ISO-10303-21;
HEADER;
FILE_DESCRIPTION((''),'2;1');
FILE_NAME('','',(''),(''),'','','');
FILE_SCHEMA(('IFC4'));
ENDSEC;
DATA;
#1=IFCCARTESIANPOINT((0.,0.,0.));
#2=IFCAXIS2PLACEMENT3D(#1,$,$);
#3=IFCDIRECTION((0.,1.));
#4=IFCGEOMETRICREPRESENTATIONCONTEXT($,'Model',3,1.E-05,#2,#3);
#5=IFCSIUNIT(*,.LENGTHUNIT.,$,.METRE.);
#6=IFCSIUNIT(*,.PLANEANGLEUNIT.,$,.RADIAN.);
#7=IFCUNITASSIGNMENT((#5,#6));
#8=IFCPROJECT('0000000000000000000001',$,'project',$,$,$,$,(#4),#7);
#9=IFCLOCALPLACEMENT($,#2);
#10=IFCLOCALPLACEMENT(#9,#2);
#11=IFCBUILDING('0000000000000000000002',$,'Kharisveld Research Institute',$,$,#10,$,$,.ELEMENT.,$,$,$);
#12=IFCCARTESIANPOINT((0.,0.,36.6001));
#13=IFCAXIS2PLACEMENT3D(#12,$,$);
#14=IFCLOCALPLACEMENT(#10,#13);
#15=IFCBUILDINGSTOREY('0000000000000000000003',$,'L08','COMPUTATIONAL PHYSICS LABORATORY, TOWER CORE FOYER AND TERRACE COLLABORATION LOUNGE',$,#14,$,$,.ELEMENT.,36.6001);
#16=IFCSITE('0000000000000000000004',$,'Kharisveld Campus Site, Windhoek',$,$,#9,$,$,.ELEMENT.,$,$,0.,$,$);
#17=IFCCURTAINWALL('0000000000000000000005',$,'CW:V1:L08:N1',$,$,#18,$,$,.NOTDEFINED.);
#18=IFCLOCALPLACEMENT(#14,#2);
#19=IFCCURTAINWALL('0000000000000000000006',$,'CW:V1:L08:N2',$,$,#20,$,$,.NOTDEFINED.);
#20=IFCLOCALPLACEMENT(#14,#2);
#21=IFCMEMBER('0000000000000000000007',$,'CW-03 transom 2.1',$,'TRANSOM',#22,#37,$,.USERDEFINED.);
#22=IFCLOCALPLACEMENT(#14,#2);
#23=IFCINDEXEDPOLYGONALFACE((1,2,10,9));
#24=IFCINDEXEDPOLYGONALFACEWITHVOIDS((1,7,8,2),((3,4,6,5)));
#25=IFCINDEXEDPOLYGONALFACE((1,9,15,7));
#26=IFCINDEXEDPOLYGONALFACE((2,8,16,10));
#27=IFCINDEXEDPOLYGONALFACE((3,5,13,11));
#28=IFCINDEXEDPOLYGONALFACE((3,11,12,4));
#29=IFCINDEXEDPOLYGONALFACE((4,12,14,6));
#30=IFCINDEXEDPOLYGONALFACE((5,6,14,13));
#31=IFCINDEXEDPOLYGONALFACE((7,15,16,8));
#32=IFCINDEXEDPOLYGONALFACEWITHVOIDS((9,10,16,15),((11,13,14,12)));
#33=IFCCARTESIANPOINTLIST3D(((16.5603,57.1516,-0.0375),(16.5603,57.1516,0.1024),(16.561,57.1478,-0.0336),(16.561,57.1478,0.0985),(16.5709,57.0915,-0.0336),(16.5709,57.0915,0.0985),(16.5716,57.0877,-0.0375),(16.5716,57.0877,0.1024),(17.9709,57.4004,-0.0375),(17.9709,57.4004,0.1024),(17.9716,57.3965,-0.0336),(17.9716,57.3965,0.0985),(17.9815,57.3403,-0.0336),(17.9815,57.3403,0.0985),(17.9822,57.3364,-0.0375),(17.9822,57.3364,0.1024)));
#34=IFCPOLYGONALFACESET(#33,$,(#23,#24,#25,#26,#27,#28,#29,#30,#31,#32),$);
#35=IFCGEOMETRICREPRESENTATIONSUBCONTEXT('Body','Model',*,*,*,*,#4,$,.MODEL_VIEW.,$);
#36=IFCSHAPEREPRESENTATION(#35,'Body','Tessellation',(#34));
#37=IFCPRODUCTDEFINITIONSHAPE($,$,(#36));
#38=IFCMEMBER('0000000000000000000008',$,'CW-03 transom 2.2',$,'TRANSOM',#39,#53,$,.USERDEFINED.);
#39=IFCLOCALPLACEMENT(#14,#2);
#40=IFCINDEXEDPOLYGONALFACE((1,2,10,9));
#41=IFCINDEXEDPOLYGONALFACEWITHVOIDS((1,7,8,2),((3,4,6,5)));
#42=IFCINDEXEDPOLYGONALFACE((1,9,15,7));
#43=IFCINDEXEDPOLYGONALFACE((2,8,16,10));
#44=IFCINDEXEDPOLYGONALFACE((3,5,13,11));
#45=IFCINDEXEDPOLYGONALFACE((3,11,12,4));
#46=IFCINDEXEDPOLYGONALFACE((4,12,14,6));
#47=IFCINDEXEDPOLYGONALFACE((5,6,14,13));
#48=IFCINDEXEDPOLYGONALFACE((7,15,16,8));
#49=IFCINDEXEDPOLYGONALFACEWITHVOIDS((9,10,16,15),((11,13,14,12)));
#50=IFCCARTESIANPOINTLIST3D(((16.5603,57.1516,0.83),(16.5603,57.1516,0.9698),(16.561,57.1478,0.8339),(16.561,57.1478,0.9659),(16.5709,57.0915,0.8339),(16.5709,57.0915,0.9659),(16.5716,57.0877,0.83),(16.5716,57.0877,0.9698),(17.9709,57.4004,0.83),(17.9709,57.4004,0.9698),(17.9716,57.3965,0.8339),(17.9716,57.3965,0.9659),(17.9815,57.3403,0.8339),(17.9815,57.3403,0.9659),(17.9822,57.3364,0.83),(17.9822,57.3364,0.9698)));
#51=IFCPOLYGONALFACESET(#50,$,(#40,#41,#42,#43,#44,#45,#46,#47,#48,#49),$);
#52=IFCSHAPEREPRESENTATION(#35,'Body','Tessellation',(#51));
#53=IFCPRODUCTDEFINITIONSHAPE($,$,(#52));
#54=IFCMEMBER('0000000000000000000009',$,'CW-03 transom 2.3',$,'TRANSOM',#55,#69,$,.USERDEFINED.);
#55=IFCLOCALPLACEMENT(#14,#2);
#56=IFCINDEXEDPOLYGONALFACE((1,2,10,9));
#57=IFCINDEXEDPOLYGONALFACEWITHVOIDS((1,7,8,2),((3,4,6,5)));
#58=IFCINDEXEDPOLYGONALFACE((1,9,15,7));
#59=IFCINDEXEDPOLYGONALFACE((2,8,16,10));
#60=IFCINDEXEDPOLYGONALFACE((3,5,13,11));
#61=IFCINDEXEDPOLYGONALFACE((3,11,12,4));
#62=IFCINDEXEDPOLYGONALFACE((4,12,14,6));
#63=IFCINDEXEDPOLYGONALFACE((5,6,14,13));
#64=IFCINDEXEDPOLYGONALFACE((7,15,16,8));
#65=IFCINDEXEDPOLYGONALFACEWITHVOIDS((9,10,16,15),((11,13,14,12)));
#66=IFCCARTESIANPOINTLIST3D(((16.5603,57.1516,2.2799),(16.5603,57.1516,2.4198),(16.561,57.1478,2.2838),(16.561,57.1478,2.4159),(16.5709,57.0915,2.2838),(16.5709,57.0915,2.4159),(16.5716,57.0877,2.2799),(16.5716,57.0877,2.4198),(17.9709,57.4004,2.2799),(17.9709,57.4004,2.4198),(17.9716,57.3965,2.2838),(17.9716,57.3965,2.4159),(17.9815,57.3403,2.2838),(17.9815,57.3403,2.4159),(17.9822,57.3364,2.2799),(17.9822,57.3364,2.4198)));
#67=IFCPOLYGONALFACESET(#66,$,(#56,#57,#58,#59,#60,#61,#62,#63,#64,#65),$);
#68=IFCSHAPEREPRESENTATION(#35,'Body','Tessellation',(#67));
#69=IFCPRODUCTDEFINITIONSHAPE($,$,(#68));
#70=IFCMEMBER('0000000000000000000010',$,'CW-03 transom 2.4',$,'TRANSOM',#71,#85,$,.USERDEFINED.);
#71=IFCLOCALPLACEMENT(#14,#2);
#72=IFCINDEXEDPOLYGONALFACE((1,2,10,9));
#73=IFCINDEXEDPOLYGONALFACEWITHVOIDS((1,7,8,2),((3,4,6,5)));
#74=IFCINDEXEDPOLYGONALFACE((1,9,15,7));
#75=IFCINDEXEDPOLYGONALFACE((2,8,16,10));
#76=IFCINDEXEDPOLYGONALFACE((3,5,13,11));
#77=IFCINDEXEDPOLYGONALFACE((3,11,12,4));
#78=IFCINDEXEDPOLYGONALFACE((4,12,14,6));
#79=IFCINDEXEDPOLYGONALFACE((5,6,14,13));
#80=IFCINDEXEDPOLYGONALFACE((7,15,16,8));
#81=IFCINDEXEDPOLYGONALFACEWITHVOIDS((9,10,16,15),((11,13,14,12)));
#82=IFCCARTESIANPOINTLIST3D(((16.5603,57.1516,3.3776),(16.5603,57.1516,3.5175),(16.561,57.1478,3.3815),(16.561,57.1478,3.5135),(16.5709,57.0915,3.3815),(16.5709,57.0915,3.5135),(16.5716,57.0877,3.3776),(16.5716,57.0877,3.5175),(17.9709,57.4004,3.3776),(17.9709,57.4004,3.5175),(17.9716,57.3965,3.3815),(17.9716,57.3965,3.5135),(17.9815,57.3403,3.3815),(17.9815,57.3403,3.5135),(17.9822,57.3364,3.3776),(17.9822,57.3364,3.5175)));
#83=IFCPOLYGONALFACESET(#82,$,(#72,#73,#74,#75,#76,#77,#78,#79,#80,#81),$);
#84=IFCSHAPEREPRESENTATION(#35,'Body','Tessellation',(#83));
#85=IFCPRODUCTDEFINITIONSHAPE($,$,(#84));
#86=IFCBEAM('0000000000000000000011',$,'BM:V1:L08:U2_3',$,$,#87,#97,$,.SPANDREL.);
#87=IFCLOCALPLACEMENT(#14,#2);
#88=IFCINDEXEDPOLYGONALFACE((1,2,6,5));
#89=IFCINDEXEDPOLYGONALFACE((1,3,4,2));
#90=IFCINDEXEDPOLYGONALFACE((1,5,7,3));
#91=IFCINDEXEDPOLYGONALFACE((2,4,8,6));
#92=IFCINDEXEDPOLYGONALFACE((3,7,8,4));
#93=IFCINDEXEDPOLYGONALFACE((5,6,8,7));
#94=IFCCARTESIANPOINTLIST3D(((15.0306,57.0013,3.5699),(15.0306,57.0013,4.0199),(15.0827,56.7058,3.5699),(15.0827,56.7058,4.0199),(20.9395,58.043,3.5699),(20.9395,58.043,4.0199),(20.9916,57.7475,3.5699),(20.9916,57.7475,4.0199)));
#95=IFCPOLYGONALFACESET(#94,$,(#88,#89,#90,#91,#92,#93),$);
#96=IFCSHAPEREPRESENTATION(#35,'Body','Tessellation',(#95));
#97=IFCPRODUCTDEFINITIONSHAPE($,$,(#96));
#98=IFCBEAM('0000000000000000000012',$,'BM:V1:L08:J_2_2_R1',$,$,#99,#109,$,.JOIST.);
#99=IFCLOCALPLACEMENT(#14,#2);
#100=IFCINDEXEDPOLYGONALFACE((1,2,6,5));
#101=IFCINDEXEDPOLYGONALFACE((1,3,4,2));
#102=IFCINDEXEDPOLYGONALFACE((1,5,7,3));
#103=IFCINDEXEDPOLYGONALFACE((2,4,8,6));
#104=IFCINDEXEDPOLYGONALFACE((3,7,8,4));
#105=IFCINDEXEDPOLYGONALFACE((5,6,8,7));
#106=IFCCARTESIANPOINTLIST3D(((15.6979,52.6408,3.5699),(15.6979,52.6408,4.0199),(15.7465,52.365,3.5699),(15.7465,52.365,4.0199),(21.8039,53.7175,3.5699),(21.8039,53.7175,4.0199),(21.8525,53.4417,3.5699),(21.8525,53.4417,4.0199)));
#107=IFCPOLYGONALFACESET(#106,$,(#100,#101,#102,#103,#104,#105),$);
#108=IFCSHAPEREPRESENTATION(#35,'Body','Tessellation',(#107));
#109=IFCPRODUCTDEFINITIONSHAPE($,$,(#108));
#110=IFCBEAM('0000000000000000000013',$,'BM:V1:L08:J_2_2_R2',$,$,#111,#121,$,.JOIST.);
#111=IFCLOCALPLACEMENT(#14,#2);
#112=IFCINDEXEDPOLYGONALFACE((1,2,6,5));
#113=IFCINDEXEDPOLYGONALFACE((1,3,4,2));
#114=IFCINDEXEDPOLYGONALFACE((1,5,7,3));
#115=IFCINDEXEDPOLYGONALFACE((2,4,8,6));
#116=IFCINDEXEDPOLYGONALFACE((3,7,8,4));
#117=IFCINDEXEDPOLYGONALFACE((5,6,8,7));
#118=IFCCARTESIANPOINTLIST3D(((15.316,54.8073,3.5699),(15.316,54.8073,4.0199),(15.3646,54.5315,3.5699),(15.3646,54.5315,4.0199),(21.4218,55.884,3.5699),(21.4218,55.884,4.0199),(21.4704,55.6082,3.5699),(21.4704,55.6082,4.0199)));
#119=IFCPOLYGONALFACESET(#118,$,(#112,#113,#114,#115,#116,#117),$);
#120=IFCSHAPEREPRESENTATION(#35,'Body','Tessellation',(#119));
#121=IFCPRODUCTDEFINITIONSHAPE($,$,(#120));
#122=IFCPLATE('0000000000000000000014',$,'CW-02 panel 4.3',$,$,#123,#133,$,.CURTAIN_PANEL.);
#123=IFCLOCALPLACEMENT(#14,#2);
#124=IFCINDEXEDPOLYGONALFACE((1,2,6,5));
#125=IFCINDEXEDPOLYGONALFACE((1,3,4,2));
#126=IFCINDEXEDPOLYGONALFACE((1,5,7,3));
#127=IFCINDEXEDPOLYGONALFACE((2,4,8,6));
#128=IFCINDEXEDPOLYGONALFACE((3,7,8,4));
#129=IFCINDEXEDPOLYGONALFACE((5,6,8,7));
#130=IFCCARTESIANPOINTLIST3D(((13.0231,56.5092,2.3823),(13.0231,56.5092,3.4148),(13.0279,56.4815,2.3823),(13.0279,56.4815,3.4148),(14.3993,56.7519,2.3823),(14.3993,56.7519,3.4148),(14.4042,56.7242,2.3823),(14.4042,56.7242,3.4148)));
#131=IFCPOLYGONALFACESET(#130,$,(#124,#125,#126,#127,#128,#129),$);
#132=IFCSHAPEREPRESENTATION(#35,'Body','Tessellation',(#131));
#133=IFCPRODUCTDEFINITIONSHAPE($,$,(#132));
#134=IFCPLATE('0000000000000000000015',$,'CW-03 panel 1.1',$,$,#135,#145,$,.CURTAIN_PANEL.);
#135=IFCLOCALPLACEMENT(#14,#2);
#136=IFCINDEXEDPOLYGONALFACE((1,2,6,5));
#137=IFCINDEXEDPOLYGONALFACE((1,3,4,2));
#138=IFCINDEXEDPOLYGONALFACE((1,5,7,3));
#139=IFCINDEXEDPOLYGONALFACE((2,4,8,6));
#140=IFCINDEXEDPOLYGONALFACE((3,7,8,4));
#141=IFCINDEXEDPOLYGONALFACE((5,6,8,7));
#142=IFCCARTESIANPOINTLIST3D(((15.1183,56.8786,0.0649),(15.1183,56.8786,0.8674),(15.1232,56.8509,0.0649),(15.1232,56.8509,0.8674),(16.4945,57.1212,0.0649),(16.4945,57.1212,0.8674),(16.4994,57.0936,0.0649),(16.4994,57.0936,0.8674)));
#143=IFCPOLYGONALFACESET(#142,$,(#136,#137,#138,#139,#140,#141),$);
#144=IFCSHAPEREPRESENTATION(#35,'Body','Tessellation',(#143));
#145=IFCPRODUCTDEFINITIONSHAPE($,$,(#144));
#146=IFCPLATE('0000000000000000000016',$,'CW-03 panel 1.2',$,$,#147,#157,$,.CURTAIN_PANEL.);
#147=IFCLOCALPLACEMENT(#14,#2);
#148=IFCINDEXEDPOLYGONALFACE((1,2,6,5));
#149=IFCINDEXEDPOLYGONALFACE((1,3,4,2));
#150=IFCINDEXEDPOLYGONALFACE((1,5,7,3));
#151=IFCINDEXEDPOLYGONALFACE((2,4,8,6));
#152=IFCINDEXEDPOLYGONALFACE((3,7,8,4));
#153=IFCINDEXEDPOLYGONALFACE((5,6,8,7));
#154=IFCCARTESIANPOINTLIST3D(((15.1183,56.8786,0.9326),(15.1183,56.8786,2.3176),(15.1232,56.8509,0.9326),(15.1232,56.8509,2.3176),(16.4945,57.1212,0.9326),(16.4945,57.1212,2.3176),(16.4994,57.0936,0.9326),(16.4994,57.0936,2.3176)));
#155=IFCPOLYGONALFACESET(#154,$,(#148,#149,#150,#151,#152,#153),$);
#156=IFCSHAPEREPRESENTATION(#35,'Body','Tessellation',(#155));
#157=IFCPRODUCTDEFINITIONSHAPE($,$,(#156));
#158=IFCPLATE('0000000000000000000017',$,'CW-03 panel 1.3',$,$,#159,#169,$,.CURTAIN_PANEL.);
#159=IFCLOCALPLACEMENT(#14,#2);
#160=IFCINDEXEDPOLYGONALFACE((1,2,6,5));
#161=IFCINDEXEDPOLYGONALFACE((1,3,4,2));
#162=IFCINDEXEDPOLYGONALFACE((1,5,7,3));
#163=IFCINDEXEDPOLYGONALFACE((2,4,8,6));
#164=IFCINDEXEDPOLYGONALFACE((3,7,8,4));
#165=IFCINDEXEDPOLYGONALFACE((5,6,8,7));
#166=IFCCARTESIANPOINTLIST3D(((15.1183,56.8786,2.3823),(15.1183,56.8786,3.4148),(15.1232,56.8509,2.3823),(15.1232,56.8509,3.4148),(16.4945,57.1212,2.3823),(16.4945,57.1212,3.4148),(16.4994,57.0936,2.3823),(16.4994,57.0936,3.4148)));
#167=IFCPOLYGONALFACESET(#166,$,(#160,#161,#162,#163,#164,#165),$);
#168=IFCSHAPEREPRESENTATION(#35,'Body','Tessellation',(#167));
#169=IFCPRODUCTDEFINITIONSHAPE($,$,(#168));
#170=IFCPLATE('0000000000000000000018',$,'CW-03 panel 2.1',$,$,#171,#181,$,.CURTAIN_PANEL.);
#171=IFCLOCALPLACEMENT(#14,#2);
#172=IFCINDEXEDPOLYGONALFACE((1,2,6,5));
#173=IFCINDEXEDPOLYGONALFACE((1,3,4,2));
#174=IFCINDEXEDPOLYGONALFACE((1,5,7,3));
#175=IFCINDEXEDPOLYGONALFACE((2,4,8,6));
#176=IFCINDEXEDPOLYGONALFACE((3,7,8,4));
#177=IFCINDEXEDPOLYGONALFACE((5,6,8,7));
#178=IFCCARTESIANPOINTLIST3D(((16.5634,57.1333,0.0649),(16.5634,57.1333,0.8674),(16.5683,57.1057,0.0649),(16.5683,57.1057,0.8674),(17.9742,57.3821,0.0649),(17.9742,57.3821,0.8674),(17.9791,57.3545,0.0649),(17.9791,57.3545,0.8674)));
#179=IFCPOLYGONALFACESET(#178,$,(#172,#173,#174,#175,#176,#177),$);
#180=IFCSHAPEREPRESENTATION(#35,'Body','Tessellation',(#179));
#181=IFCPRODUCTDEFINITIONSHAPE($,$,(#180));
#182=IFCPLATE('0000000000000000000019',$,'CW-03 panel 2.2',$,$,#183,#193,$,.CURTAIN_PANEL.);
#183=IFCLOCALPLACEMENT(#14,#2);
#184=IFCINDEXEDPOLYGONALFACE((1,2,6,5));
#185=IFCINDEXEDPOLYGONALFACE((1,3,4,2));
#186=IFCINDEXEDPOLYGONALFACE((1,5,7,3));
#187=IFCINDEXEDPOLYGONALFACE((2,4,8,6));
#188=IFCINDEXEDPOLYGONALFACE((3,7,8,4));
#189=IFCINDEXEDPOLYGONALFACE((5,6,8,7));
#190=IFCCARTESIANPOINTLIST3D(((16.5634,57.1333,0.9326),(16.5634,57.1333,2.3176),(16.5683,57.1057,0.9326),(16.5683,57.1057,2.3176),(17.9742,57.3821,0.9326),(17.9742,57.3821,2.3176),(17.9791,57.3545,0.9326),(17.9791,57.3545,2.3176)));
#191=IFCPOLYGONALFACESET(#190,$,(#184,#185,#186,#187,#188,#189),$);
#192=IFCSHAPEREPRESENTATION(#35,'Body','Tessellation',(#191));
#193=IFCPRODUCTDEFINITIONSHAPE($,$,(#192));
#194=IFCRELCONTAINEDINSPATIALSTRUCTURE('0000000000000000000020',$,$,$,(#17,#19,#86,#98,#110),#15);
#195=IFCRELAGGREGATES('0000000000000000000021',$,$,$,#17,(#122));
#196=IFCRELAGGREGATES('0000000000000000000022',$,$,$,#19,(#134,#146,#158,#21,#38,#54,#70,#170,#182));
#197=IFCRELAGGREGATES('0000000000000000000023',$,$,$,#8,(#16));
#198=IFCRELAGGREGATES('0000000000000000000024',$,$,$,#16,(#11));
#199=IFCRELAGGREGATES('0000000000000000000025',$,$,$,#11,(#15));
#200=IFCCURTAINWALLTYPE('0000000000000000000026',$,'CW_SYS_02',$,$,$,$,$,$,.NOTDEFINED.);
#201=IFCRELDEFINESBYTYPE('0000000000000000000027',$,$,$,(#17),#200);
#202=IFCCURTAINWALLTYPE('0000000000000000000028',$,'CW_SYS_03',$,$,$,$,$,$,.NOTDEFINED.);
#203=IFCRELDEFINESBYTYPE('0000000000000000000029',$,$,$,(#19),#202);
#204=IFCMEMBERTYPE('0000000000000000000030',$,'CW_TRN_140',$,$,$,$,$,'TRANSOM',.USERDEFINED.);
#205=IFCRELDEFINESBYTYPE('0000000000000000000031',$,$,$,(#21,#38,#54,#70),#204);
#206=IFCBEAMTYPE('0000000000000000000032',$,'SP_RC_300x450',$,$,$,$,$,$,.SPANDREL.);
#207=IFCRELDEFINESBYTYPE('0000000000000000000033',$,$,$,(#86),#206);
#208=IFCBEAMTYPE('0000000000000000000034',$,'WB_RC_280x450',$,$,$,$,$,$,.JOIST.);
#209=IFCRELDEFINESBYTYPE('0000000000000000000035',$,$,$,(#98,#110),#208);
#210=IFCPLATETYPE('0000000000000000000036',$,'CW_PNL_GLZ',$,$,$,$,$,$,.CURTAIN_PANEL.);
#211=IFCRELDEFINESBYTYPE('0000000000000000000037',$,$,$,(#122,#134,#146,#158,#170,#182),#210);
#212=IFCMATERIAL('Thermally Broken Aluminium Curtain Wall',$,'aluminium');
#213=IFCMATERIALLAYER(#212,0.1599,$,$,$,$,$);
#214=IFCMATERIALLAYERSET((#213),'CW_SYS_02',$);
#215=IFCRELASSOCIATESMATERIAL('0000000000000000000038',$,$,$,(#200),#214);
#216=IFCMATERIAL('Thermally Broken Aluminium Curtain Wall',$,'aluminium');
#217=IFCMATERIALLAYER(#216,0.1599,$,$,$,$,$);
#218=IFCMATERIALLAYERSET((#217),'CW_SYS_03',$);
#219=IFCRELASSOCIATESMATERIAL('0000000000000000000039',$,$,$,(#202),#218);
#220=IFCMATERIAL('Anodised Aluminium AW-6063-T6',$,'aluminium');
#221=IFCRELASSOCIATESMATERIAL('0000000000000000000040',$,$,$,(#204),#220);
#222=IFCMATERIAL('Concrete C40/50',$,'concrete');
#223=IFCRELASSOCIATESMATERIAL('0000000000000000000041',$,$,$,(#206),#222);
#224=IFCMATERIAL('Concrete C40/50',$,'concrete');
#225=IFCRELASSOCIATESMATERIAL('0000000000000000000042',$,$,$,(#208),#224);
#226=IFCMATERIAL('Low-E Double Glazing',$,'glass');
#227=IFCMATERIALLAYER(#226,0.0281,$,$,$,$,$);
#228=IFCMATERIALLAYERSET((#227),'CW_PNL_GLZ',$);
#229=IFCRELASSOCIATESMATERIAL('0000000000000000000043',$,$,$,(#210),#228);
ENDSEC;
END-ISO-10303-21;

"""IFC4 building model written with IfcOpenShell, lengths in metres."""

from ifc_helpers import new_model, si_unit, direction, frame, origin, origin_2d, place, context, subcontext, project, spatial, rectangle, hollow_rectangle, extrude, material, layer, layer_set, material_profile, profile_set, type_object, element, aggregate, save


model = new_model("IFC4")

# Units and contexts
model_context = context("Model", 3, precision=1e-05, world=origin(), true_north=direction((0.0, 1.0)))
body_context = subcontext(model_context, "Body", "Model", "MODEL_VIEW")
ifc_project = project(units=[si_unit("LENGTHUNIT", "METRE"), si_unit("PLANEANGLEUNIT", "RADIAN")], contexts=[model_context])

# Site, building, storey
site_placement = place(None, origin())
site = spatial("IfcSite", under=ifc_project, at=site_placement, Name="Kharisveld Campus Site, Windhoek", CompositionType="ELEMENT", RefElevation=0.0)
building_placement = place(site_placement, origin())
building = spatial("IfcBuilding", under=site, at=building_placement, Name="Kharisveld Research Institute", CompositionType="ELEMENT")
storey_placement = place(building_placement, frame((0.0, 0.0, 36.6001)))
storey = spatial("IfcBuildingStorey", under=building, at=storey_placement, Name="L08", Description="COMPUTATIONAL PHYSICS LABORATORY, TOWER CORE FOYER AND TERRACE COLLABORATION LOUNGE", CompositionType="ELEMENT", Elevation=36.6001)

# Curtain wall
ifc_material_1 = material(Name="Thermally Broken Aluminium Curtain Wall", Category="aluminium")
ifc_layer_1 = layer(ifc_material_1, 0.1599)
ifc_layer_set_1 = layer_set([ifc_layer_1], Name="CW_SYS_02")
curtain_wall_type_1 = type_object("IfcCurtainWallType", Name="CW_SYS_02", PredefinedType="NOTDEFINED", material=ifc_layer_set_1)
curtain_wall_1_placement = place(storey_placement, origin())
curtain_wall_1 = element("IfcCurtainWall", 1, at=curtain_wall_1_placement, inside=storey, type_object=curtain_wall_type_1, Name="CW:V1:L08:N1", PredefinedType="NOTDEFINED")

# Curtain wall, members
ifc_material_2 = material(Name="Thermally Broken Aluminium Curtain Wall", Category="aluminium")
ifc_layer_2 = layer(ifc_material_2, 0.1599)
ifc_layer_set_2 = layer_set([ifc_layer_2], Name="CW_SYS_03")
curtain_wall_type_2 = type_object("IfcCurtainWallType", Name="CW_SYS_03", PredefinedType="NOTDEFINED", material=ifc_layer_set_2)
curtain_wall_2_placement = place(storey_placement, origin())
curtain_wall_2 = element("IfcCurtainWall", 2, at=curtain_wall_2_placement, inside=storey, type_object=curtain_wall_type_2, Name="CW:V1:L08:N2", PredefinedType="NOTDEFINED")
ifc_material_3 = material(Name="Anodised Aluminium AW-6063-T6", Category="aluminium")
ifc_material_profile_1 = material_profile(ifc_material_3, hollow_rectangle(XDim=0.0649, YDim=0.1399, WallThickness=0.0039, at=origin_2d()))
ifc_profile_set_1 = profile_set([ifc_material_profile_1], Name="Anodised Aluminium AW-6063-T6")
member_type_1 = type_object("IfcMemberType", Name="CW_TRN_140", ElementType="TRANSOM", PredefinedType="USERDEFINED", material=ifc_profile_set_1)
member_1_placement = place(storey_placement, frame((16.5659, 57.1196, 0.0325), z_axis=(0.984802, 0.173678, 0.0), x_axis=(-0.173678, 0.984802, 0.0)))
member_1 = element("IfcMember", 3, at=member_1_placement, type_object=member_type_1, Name="CW-03 transom 2.1", ObjectType="TRANSOM", PredefinedType="USERDEFINED", context=body_context, shape_type="SweptSolid", body=[
    extrude(hollow_rectangle(XDim=0.0649, YDim=0.1399, WallThickness=0.0039, at=origin_2d()), origin(), (0.0, 0.0, 1.0), 1.4324),
])
member_2_placement = place(storey_placement, frame((16.5659, 57.1196, 0.8999), z_axis=(0.984802, 0.173678, 0.0), x_axis=(-0.173678, 0.984802, 0.0)))
member_2 = element("IfcMember", 4, at=member_2_placement, type_object=member_type_1, Name="CW-03 transom 2.2", ObjectType="TRANSOM", PredefinedType="USERDEFINED", context=body_context, shape_type="SweptSolid", body=[
    extrude(hollow_rectangle(XDim=0.0649, YDim=0.1399, WallThickness=0.0039, at=origin_2d()), origin(), (0.0, 0.0, 1.0), 1.4324),
])
member_3_placement = place(storey_placement, frame((16.5659, 57.1196, 2.3499), z_axis=(0.984802, 0.173678, 0.0), x_axis=(-0.173678, 0.984802, 0.0)))
member_3 = element("IfcMember", 5, at=member_3_placement, type_object=member_type_1, Name="CW-03 transom 2.3", ObjectType="TRANSOM", PredefinedType="USERDEFINED", context=body_context, shape_type="SweptSolid", body=[
    extrude(hollow_rectangle(XDim=0.0649, YDim=0.1399, WallThickness=0.0039, at=origin_2d()), origin(), (0.0, 0.0, 1.0), 1.4324),
])
member_4_placement = place(storey_placement, frame((16.5659, 57.1196, 3.4475), z_axis=(0.984802, 0.173678, 0.0), x_axis=(-0.173678, 0.984802, 0.0)))
member_4 = element("IfcMember", 6, at=member_4_placement, type_object=member_type_1, Name="CW-03 transom 2.4", ObjectType="TRANSOM", PredefinedType="USERDEFINED", context=body_context, shape_type="SweptSolid", body=[
    extrude(hollow_rectangle(XDim=0.0649, YDim=0.1399, WallThickness=0.0039, at=origin_2d()), origin(), (0.0, 0.0, 1.0), 1.4324),
])

# Beams
ifc_material_4 = material(Name="Concrete C40/50", Category="concrete")
ifc_material_profile_2 = material_profile(ifc_material_4, rectangle(XDim=0.3, YDim=0.45, at=origin_2d()))
ifc_profile_set_2 = profile_set([ifc_material_profile_2], Name="Concrete C40/50")
beam_type_1 = type_object("IfcBeamType", Name="SP_RC_300x450", PredefinedType="SPANDREL", material=ifc_profile_set_2)
beam_1_placement = place(storey_placement, frame((15.0566, 56.8535, 3.7949), z_axis=(0.984812, 0.173623, 0.0), x_axis=(-0.173623, 0.984812, 0.0)))
element("IfcBeam", 7, at=beam_1_placement, inside=storey, type_object=beam_type_1, Name="BM:V1:L08:U2_3", PredefinedType="SPANDREL", context=body_context, shape_type="SweptSolid", body=[
    extrude(rectangle(XDim=0.3, YDim=0.45, at=origin_2d()), origin(), (0.0, 0.0, 1.0), 6.0),
])
ifc_material_5 = material(Name="Concrete C40/50", Category="concrete")
ifc_material_profile_3 = material_profile(ifc_material_5, rectangle(XDim=0.28, YDim=0.45, at=origin_2d()))
ifc_profile_set_3 = profile_set([ifc_material_profile_3], Name="Concrete C40/50")
beam_type_2 = type_object("IfcBeamType", Name="WB_RC_280x450", PredefinedType="JOIST", material=ifc_profile_set_3)
beam_2_placement = place(storey_placement, frame((15.7222, 52.5029, 3.7949), z_axis=(0.984807, 0.173651, 0.0), x_axis=(-0.173651, 0.984807, 0.0)))
element("IfcBeam", 8, at=beam_2_placement, inside=storey, type_object=beam_type_2, Name="BM:V1:L08:J_2_2_R1", PredefinedType="JOIST", context=body_context, shape_type="SweptSolid", body=[
    extrude(rectangle(XDim=0.28, YDim=0.45, at=origin_2d()), origin(), (0.0, 0.0, 1.0), 6.2002),
])
beam_3_placement = place(storey_placement, frame((15.3403, 54.6694, 3.7949), z_axis=(0.984806, 0.173657, 0.0), x_axis=(-0.173657, 0.984806, 0.0)))
element("IfcBeam", 9, at=beam_3_placement, inside=storey, type_object=beam_type_2, Name="BM:V1:L08:J_2_2_R2", PredefinedType="JOIST", context=body_context, shape_type="SweptSolid", body=[
    extrude(rectangle(XDim=0.28, YDim=0.45, at=origin_2d()), origin(), (0.0, 0.0, 1.0), 6.2),
])

# Plates
ifc_material_6 = material(Name="Low-E Double Glazing", Category="glass")
ifc_layer_3 = layer(ifc_material_6, 0.0281)
ifc_layer_set_3 = layer_set([ifc_layer_3], Name="CW_PNL_GLZ")
plate_type = type_object("IfcPlateType", Name="CW_PNL_GLZ", PredefinedType="CURTAIN_PANEL", material=ifc_layer_set_3)
plate_1_placement = place(storey_placement, frame((13.7136, 56.6167, 2.3823), z_axis=(0.0, 0.0, 1.0), x_axis=(0.984808, 0.173648, 0.0)))
plate_1 = element("IfcPlate", 10, at=plate_1_placement, type_object=plate_type, Name="CW-02 panel 4.3", PredefinedType="CURTAIN_PANEL", context=body_context, shape_type="SweptSolid", body=[
    extrude(rectangle(XDim=1.3975, YDim=0.0281, at=origin_2d()), origin(), (0.0, 0.0, 1.0), 1.0325),
])
aggregate(curtain_wall_1, [plate_1])
plate_2_placement = place(storey_placement, frame((15.8088, 56.9861, 0.0649), z_axis=(0.0, 0.0, 1.0), x_axis=(0.984808, 0.173648, 0.0)))
plate_2 = element("IfcPlate", 11, at=plate_2_placement, type_object=plate_type, Name="CW-03 panel 1.1", PredefinedType="CURTAIN_PANEL", context=body_context, shape_type="SweptSolid", body=[
    extrude(rectangle(XDim=1.3975, YDim=0.0281, at=origin_2d()), origin(), (0.0, 0.0, 1.0), 0.8025),
])
plate_3_placement = place(storey_placement, frame((15.8088, 56.9861, 0.9326), z_axis=(0.0, 0.0, 1.0), x_axis=(0.984808, 0.173648, 0.0)))
plate_3 = element("IfcPlate", 12, at=plate_3_placement, type_object=plate_type, Name="CW-03 panel 1.2", PredefinedType="CURTAIN_PANEL", context=body_context, shape_type="SweptSolid", body=[
    extrude(rectangle(XDim=1.3975, YDim=0.0281, at=origin_2d()), origin(), (0.0, 0.0, 1.0), 1.385),
])
plate_4_placement = place(storey_placement, frame((15.8088, 56.9861, 2.3823), z_axis=(0.0, 0.0, 1.0), x_axis=(0.984808, 0.173648, 0.0)))
plate_4 = element("IfcPlate", 13, at=plate_4_placement, type_object=plate_type, Name="CW-03 panel 1.3", PredefinedType="CURTAIN_PANEL", context=body_context, shape_type="SweptSolid", body=[
    extrude(rectangle(XDim=1.3975, YDim=0.0281, at=origin_2d()), origin(), (0.0, 0.0, 1.0), 1.0325),
])
plate_5_placement = place(storey_placement, frame((17.2712, 57.2439, 0.0649), z_axis=(0.0, 0.0, 1.0), x_axis=(0.984808, 0.173648, 0.0)))
plate_5 = element("IfcPlate", 14, at=plate_5_placement, type_object=plate_type, Name="CW-03 panel 2.1", PredefinedType="CURTAIN_PANEL", context=body_context, shape_type="SweptSolid", body=[
    extrude(rectangle(XDim=1.4326, YDim=0.0281, at=origin_2d()), origin(), (0.0, 0.0, 1.0), 0.8025),
])
plate_6_placement = place(storey_placement, frame((17.2712, 57.2439, 0.9326), z_axis=(0.0, 0.0, 1.0), x_axis=(0.984808, 0.173648, 0.0)))
plate_6 = element("IfcPlate", 15, at=plate_6_placement, type_object=plate_type, Name="CW-03 panel 2.2", PredefinedType="CURTAIN_PANEL", context=body_context, shape_type="SweptSolid", body=[
    extrude(rectangle(XDim=1.4326, YDim=0.0281, at=origin_2d()), origin(), (0.0, 0.0, 1.0), 1.385),
])
aggregate(curtain_wall_2, [plate_2, plate_3, plate_4, member_1, member_2, member_3, member_4, plate_5, plate_6])

save(model, "model.ifc")
